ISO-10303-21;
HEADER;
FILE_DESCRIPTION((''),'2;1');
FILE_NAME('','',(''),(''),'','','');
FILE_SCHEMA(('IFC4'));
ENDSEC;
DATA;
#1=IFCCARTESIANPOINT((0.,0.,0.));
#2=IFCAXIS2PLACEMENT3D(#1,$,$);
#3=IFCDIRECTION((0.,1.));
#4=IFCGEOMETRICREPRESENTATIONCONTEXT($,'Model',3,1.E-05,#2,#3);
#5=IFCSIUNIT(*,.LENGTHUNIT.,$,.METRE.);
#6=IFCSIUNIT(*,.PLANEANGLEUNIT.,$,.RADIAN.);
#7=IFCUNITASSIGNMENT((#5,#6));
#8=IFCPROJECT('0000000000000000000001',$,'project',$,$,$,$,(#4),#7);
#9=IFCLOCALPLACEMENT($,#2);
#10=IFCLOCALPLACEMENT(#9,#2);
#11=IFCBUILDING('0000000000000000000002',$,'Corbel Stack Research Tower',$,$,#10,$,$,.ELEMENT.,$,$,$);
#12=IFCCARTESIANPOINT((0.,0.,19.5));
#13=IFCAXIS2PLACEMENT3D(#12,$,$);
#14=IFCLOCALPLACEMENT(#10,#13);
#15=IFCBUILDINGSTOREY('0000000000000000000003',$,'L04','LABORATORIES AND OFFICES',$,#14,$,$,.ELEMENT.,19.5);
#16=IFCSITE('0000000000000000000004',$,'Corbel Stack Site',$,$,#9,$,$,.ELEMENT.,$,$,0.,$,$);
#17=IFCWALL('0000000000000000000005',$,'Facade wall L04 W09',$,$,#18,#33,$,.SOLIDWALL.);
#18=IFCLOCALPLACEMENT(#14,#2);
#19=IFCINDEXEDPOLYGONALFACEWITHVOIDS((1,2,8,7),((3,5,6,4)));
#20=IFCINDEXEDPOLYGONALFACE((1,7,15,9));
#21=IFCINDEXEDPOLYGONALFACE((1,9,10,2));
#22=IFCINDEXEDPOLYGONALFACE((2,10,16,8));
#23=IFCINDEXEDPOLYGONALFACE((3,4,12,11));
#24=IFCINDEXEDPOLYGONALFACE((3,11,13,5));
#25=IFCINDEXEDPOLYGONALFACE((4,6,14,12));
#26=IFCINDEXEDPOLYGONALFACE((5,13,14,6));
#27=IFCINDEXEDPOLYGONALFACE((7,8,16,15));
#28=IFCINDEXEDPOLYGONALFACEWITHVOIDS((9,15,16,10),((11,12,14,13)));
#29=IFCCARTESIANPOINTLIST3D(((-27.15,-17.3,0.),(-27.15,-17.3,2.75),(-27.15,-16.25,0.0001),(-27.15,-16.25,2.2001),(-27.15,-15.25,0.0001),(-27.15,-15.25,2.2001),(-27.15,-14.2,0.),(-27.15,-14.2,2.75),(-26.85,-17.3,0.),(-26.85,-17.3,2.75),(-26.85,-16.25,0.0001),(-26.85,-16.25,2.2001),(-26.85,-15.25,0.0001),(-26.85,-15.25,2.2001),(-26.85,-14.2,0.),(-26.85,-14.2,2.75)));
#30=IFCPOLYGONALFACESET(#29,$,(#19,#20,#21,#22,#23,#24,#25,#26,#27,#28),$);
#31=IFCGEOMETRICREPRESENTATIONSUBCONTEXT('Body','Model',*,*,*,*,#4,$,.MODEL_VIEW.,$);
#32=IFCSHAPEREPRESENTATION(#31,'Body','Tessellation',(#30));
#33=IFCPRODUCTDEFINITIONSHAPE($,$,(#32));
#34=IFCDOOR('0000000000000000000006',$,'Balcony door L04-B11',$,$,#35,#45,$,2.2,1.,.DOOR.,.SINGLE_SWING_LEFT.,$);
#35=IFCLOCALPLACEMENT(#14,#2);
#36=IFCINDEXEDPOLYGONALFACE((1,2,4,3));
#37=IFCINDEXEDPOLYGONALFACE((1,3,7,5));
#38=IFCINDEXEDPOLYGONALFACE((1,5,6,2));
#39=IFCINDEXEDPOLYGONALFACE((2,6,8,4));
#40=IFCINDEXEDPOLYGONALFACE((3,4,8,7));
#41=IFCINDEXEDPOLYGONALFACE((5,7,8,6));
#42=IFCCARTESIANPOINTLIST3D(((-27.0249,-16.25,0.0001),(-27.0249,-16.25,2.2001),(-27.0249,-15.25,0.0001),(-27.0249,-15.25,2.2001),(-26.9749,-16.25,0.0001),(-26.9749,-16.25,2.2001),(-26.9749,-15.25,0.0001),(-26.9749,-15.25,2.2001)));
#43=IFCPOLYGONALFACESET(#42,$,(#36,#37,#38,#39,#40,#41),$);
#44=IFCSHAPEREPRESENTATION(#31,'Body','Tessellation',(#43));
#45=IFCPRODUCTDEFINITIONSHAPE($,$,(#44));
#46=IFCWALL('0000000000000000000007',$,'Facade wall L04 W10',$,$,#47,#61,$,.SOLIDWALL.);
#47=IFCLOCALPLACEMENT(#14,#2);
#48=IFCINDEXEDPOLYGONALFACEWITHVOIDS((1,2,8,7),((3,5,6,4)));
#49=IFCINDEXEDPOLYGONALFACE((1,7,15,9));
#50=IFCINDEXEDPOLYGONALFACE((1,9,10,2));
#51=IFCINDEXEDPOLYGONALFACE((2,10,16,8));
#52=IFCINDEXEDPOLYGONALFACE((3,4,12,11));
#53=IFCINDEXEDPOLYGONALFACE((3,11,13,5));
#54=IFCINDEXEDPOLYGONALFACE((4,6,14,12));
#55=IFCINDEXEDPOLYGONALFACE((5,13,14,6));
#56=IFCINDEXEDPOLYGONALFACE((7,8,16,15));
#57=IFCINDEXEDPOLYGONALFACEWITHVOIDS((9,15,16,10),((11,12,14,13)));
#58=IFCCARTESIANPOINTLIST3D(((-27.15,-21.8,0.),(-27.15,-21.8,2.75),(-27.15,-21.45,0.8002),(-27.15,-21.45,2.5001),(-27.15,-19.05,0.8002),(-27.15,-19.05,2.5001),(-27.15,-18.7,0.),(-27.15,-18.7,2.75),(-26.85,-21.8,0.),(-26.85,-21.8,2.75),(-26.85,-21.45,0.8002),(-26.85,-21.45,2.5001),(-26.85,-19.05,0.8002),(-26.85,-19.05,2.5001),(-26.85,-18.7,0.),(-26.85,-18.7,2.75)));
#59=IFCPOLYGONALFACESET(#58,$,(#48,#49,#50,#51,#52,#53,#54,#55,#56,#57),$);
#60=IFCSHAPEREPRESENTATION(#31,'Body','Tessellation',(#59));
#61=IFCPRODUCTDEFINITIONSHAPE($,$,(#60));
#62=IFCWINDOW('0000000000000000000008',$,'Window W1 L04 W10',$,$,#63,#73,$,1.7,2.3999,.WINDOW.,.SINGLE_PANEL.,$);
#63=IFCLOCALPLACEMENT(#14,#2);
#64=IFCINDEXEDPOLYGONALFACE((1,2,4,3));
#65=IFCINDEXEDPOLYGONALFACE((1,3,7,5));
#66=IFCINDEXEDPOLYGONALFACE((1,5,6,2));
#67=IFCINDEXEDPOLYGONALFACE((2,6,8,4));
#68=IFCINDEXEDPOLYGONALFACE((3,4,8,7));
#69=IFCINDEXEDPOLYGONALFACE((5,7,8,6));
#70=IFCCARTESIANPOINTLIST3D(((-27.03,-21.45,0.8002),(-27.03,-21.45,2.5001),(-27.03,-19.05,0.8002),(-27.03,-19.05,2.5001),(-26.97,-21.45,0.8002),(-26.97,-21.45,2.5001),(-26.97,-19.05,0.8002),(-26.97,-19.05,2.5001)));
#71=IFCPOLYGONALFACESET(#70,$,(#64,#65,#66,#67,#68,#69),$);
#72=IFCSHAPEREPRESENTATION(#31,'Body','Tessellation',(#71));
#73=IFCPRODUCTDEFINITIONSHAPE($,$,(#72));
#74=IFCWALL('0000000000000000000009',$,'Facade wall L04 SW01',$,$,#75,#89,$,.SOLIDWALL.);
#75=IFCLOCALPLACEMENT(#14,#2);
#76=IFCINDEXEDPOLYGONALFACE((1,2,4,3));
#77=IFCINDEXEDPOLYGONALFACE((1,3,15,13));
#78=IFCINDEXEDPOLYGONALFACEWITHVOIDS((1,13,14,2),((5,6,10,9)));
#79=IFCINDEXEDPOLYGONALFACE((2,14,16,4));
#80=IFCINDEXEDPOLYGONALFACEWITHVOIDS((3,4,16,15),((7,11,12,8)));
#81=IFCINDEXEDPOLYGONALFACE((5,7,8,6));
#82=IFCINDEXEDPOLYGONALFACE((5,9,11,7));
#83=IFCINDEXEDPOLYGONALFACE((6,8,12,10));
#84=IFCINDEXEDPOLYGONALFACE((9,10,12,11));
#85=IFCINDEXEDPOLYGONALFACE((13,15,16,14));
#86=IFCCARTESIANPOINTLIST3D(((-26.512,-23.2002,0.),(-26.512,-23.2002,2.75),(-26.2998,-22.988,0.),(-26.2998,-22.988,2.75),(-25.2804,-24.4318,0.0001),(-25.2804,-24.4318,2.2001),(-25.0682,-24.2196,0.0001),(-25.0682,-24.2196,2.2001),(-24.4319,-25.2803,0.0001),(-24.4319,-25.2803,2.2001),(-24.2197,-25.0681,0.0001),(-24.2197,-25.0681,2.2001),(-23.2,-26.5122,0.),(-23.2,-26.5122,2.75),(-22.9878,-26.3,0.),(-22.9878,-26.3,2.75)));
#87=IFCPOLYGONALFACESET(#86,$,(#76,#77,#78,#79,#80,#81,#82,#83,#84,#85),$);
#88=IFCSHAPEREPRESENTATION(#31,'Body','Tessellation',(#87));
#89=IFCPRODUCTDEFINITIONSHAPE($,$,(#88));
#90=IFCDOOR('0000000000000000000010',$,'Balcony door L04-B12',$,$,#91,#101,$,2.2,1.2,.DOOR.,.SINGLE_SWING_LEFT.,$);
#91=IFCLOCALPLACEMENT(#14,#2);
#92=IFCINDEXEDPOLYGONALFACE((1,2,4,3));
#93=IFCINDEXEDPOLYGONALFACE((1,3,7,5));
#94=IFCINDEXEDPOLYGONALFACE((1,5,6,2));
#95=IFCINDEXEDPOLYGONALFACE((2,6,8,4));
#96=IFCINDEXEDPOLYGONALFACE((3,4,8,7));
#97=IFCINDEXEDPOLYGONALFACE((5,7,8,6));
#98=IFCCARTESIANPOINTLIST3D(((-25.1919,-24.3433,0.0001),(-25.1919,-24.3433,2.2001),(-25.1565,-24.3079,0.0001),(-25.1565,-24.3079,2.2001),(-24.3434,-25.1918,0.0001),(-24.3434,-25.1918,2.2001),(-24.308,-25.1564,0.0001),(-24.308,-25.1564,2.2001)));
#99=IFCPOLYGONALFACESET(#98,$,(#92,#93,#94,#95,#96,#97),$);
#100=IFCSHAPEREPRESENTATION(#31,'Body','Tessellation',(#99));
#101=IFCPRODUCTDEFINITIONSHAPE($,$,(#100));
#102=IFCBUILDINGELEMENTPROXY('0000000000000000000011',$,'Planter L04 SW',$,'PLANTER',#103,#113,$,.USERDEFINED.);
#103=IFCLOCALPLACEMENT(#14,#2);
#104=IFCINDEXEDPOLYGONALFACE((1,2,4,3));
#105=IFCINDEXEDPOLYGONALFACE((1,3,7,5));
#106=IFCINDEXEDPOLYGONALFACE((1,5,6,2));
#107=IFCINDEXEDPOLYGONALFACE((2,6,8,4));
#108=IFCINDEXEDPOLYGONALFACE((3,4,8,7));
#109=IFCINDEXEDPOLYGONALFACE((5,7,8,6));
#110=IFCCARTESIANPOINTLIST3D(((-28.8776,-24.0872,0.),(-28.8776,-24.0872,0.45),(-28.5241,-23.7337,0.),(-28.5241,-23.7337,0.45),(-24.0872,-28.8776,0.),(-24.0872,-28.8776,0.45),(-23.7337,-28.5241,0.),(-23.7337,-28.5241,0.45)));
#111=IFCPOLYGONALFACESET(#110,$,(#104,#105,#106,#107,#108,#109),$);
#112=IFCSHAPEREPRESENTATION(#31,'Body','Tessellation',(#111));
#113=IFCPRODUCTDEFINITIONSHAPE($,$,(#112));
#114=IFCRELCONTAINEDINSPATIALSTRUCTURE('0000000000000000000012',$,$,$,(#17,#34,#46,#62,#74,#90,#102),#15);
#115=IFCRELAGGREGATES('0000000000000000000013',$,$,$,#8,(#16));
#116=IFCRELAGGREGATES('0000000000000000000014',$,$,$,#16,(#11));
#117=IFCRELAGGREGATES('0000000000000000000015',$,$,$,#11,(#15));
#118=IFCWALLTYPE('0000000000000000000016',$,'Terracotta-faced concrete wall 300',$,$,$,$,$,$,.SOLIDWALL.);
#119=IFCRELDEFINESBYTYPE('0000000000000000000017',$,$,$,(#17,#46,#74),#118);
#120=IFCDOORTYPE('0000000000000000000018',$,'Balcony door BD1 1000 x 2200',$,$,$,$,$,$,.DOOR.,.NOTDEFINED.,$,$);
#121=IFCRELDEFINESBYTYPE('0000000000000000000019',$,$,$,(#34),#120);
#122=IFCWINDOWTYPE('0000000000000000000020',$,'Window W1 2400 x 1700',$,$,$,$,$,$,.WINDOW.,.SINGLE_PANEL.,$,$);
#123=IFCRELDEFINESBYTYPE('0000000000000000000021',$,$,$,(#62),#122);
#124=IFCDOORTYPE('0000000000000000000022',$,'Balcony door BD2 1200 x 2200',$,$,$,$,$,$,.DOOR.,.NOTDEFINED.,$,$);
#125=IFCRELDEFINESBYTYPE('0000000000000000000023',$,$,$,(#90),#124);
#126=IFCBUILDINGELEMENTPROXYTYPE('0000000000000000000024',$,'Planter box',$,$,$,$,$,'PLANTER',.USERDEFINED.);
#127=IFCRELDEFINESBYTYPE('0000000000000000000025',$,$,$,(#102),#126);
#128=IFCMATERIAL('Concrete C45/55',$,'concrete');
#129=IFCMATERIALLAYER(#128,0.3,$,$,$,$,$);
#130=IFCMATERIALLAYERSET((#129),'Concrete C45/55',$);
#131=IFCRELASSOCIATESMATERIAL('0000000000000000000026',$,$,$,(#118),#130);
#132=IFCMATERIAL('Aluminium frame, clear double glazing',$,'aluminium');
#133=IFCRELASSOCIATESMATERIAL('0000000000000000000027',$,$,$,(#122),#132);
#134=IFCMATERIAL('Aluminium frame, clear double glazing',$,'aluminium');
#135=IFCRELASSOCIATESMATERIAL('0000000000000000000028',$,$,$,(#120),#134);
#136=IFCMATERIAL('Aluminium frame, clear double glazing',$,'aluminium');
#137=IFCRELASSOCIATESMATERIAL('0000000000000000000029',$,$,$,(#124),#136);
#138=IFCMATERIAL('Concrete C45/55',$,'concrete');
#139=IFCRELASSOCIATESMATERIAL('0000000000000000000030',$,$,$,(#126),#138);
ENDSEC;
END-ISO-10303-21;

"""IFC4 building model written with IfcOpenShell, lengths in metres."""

from ifc_helpers import new_model, si_unit, direction, frame, frame_2d, origin, origin_2d, place, context, subcontext, project, spatial, rectangle, extrude, material, layer, layer_set, type_object, element, fill, save


model = new_model("IFC4")

# Units and contexts
model_context = context("Model", 3, precision=1e-05, world=origin(), true_north=direction((0.0, 1.0)))
body_context = subcontext(model_context, "Body", "Model", "MODEL_VIEW")
ifc_project = project(units=[si_unit("LENGTHUNIT", "METRE"), si_unit("PLANEANGLEUNIT", "RADIAN")], contexts=[model_context])

# Site, building, storey
site_placement = place(None, origin())
site = spatial("IfcSite", under=ifc_project, at=site_placement, Name="Corbel Stack Site", CompositionType="ELEMENT", RefElevation=0.0)
building_placement = place(site_placement, origin())
building = spatial("IfcBuilding", under=site, at=building_placement, Name="Corbel Stack Research Tower", CompositionType="ELEMENT")
storey_placement = place(building_placement, frame((0.0, 0.0, 19.5)))
storey = spatial("IfcBuildingStorey", under=building, at=storey_placement, Name="L04", Description="LABORATORIES AND OFFICES", CompositionType="ELEMENT", Elevation=19.5)

# Shared definitions
ifc_material_1 = material(Name="Concrete C45/55", Category="concrete")
ifc_layer_1 = layer(ifc_material_1, 0.3)
ifc_layer_set_1 = layer_set([ifc_layer_1], Name="Concrete C45/55")
wall_type_1 = type_object("IfcWallType", Name="Terracotta-faced concrete wall 300", PredefinedType="SOLIDWALL", material=ifc_layer_set_1)
ifc_material_2 = material(Name="Aluminium frame, clear double glazing", Category="aluminium")
window_type_1 = type_object("IfcWindowType", Name="Window W1 2400 x 1700", PartitioningType="SINGLE_PANEL", PredefinedType="WINDOW", material=ifc_material_2)

# Wall, opening, door
wall_1_placement = place(storey_placement, frame((-27.0, -17.3, 0.0), z_axis=(0.0, 0.0, 1.0), x_axis=(0.0, 1.0, 0.0)))
wall_1 = element("IfcWall", 1, at=wall_1_placement, inside=storey, type_object=wall_type_1, Name="Facade wall L04 W09", PredefinedType="SOLIDWALL", context=body_context, shape_type="SweptSolid", body=[
    extrude(rectangle(XDim=3.1001, YDim=0.3, at=frame_2d((1.55, 0.0))), origin(), (0.0, 0.0, 1.0), 2.75),
])
opening_1_placement = place(wall_1_placement, frame((1.05, 0.0, 0.0)))
opening_1 = element("IfcOpeningElement", 2, at=opening_1_placement, cuts=wall_1, PredefinedType="OPENING", context=body_context, shape_type="SweptSolid", body=[
    extrude(rectangle(XDim=1.0, YDim=2.2, at=frame_2d((0.5, 1.1001))), frame((0.0, 0.1599, 0.0), z_axis=(0.0, -1.0, 0.0), x_axis=(1.0, 0.0, 0.0)), (0.0, 0.0, 1.0), 0.3201),
])
ifc_material_3 = material(Name="Aluminium frame, clear double glazing", Category="aluminium")
door_type_1 = type_object("IfcDoorType", Name="Balcony door BD1 1000 x 2200", OperationType="NOTDEFINED", PredefinedType="DOOR", material=ifc_material_3)
door_1_placement = place(opening_1_placement, origin())
door_1 = element("IfcDoor", 3, at=door_1_placement, inside=storey, type_object=door_type_1, Name="Balcony door L04-B11", OperationType="SINGLE_SWING_LEFT", OverallHeight=2.2, OverallWidth=1.0, PredefinedType="DOOR", context=body_context, shape_type="SweptSolid", body=[
    extrude(rectangle(XDim=1.0, YDim=2.2, at=frame_2d((0.5, 1.1001))), frame((0.0, 0.0249, 0.0), z_axis=(0.0, -1.0, 0.0), x_axis=(1.0, 0.0, 0.0)), (0.0, 0.0, 1.0), 0.05),
])
fill(opening_1, door_1)

# Wall, opening, window
wall_2_placement = place(storey_placement, frame((-27.0, -21.8, 0.0), z_axis=(0.0, 0.0, 1.0), x_axis=(0.0, 1.0, 0.0)))
wall_2 = element("IfcWall", 4, at=wall_2_placement, inside=storey, type_object=wall_type_1, Name="Facade wall L04 W10", PredefinedType="SOLIDWALL", context=body_context, shape_type="SweptSolid", body=[
    extrude(rectangle(XDim=3.1001, YDim=0.3, at=frame_2d((1.55, 0.0))), origin(), (0.0, 0.0, 1.0), 2.75),
])
opening_2_placement = place(wall_2_placement, frame((0.3501, 0.0, 0.8)))
opening_2 = element("IfcOpeningElement", 5, at=opening_2_placement, cuts=wall_2, PredefinedType="OPENING", context=body_context, shape_type="SweptSolid", body=[
    extrude(rectangle(XDim=2.3999, YDim=1.7, at=frame_2d((1.2, 0.8501))), frame((0.0, 0.1599, 0.0), z_axis=(0.0, -1.0, 0.0), x_axis=(1.0, 0.0, 0.0)), (0.0, 0.0, 1.0), 0.3201),
])
window_1_placement = place(opening_2_placement, origin())
window_1 = element("IfcWindow", 6, at=window_1_placement, inside=storey, type_object=window_type_1, Name="Window W1 L04 W10", OverallHeight=1.7, OverallWidth=2.3999, PartitioningType="SINGLE_PANEL", PredefinedType="WINDOW", context=body_context, shape_type="SweptSolid", body=[
    extrude(rectangle(XDim=2.3999, YDim=1.7, at=frame_2d((1.2, 0.8501))), frame((0.0, 0.03, 0.0), z_axis=(0.0, -1.0, 0.0), x_axis=(1.0, 0.0, 0.0)), (0.0, 0.0, 1.0), 0.0601),
])
fill(opening_2, window_1)

# Wall, opening, door
wall_3_placement = place(storey_placement, frame((-23.094, -26.406, 0.0), z_axis=(0.0, 0.0, 1.0), x_axis=(-0.707107, 0.707107, 0.0)))
wall_3 = element("IfcWall", 7, at=wall_3_placement, inside=storey, type_object=wall_type_1, Name="Facade wall L04 SW01", PredefinedType="SOLIDWALL", context=body_context, shape_type="SweptSolid", body=[
    extrude(rectangle(XDim=4.6838, YDim=0.3, at=frame_2d((2.3418, 0.0))), origin(), (0.0, 0.0, 1.0), 2.75),
])
opening_3_placement = place(wall_3_placement, frame((1.7419, 0.0, 0.0)))
opening_3 = element("IfcOpeningElement", 8, at=opening_3_placement, cuts=wall_3, PredefinedType="OPENING", context=body_context, shape_type="SweptSolid", body=[
    extrude(rectangle(XDim=1.2, YDim=2.2, at=frame_2d((0.6001, 1.1001))), frame((0.0, 0.1599, 0.0), z_axis=(0.0, -1.0, 0.0), x_axis=(1.0, 0.0, 0.0)), (0.0, 0.0, 1.0), 0.3201),
])
ifc_material_4 = material(Name="Aluminium frame, clear double glazing", Category="aluminium")
door_type_2 = type_object("IfcDoorType", Name="Balcony door BD2 1200 x 2200", OperationType="NOTDEFINED", PredefinedType="DOOR", material=ifc_material_4)
door_2_placement = place(opening_3_placement, origin())
door_2 = element("IfcDoor", 9, at=door_2_placement, inside=storey, type_object=door_type_2, Name="Balcony door L04-B12", OperationType="SINGLE_SWING_LEFT", OverallHeight=2.2, OverallWidth=1.2, PredefinedType="DOOR", context=body_context, shape_type="SweptSolid", body=[
    extrude(rectangle(XDim=1.2, YDim=2.2, at=frame_2d((0.6001, 1.1001))), frame((0.0, 0.0249, 0.0), z_axis=(0.0, -1.0, 0.0), x_axis=(1.0, 0.0, 0.0)), (0.0, 0.0, 1.0), 0.05),
])
fill(opening_3, door_2)

# Building element proxy
ifc_material_5 = material(Name="Concrete C45/55", Category="concrete")
building_element_proxy_type = type_object("IfcBuildingElementProxyType", Name="Planter box", ElementType="PLANTER", PredefinedType="USERDEFINED", material=ifc_material_5)
proxy_placement = place(storey_placement, frame((-26.3057, -26.3057, 0.0), z_axis=(0.0, 0.0, 1.0), x_axis=(0.707107, -0.707107, 0.0)))
element("IfcBuildingElementProxy", 10, at=proxy_placement, inside=storey, type_object=building_element_proxy_type, Name="Planter L04 SW", ObjectType="PLANTER", PredefinedType="USERDEFINED", context=body_context, shape_type="SweptSolid", body=[
    extrude(rectangle(XDim=6.7747, YDim=0.5, at=origin_2d()), origin(), (0.0, 0.0, 1.0), 0.45),
])

save(model, "model.ifc")
